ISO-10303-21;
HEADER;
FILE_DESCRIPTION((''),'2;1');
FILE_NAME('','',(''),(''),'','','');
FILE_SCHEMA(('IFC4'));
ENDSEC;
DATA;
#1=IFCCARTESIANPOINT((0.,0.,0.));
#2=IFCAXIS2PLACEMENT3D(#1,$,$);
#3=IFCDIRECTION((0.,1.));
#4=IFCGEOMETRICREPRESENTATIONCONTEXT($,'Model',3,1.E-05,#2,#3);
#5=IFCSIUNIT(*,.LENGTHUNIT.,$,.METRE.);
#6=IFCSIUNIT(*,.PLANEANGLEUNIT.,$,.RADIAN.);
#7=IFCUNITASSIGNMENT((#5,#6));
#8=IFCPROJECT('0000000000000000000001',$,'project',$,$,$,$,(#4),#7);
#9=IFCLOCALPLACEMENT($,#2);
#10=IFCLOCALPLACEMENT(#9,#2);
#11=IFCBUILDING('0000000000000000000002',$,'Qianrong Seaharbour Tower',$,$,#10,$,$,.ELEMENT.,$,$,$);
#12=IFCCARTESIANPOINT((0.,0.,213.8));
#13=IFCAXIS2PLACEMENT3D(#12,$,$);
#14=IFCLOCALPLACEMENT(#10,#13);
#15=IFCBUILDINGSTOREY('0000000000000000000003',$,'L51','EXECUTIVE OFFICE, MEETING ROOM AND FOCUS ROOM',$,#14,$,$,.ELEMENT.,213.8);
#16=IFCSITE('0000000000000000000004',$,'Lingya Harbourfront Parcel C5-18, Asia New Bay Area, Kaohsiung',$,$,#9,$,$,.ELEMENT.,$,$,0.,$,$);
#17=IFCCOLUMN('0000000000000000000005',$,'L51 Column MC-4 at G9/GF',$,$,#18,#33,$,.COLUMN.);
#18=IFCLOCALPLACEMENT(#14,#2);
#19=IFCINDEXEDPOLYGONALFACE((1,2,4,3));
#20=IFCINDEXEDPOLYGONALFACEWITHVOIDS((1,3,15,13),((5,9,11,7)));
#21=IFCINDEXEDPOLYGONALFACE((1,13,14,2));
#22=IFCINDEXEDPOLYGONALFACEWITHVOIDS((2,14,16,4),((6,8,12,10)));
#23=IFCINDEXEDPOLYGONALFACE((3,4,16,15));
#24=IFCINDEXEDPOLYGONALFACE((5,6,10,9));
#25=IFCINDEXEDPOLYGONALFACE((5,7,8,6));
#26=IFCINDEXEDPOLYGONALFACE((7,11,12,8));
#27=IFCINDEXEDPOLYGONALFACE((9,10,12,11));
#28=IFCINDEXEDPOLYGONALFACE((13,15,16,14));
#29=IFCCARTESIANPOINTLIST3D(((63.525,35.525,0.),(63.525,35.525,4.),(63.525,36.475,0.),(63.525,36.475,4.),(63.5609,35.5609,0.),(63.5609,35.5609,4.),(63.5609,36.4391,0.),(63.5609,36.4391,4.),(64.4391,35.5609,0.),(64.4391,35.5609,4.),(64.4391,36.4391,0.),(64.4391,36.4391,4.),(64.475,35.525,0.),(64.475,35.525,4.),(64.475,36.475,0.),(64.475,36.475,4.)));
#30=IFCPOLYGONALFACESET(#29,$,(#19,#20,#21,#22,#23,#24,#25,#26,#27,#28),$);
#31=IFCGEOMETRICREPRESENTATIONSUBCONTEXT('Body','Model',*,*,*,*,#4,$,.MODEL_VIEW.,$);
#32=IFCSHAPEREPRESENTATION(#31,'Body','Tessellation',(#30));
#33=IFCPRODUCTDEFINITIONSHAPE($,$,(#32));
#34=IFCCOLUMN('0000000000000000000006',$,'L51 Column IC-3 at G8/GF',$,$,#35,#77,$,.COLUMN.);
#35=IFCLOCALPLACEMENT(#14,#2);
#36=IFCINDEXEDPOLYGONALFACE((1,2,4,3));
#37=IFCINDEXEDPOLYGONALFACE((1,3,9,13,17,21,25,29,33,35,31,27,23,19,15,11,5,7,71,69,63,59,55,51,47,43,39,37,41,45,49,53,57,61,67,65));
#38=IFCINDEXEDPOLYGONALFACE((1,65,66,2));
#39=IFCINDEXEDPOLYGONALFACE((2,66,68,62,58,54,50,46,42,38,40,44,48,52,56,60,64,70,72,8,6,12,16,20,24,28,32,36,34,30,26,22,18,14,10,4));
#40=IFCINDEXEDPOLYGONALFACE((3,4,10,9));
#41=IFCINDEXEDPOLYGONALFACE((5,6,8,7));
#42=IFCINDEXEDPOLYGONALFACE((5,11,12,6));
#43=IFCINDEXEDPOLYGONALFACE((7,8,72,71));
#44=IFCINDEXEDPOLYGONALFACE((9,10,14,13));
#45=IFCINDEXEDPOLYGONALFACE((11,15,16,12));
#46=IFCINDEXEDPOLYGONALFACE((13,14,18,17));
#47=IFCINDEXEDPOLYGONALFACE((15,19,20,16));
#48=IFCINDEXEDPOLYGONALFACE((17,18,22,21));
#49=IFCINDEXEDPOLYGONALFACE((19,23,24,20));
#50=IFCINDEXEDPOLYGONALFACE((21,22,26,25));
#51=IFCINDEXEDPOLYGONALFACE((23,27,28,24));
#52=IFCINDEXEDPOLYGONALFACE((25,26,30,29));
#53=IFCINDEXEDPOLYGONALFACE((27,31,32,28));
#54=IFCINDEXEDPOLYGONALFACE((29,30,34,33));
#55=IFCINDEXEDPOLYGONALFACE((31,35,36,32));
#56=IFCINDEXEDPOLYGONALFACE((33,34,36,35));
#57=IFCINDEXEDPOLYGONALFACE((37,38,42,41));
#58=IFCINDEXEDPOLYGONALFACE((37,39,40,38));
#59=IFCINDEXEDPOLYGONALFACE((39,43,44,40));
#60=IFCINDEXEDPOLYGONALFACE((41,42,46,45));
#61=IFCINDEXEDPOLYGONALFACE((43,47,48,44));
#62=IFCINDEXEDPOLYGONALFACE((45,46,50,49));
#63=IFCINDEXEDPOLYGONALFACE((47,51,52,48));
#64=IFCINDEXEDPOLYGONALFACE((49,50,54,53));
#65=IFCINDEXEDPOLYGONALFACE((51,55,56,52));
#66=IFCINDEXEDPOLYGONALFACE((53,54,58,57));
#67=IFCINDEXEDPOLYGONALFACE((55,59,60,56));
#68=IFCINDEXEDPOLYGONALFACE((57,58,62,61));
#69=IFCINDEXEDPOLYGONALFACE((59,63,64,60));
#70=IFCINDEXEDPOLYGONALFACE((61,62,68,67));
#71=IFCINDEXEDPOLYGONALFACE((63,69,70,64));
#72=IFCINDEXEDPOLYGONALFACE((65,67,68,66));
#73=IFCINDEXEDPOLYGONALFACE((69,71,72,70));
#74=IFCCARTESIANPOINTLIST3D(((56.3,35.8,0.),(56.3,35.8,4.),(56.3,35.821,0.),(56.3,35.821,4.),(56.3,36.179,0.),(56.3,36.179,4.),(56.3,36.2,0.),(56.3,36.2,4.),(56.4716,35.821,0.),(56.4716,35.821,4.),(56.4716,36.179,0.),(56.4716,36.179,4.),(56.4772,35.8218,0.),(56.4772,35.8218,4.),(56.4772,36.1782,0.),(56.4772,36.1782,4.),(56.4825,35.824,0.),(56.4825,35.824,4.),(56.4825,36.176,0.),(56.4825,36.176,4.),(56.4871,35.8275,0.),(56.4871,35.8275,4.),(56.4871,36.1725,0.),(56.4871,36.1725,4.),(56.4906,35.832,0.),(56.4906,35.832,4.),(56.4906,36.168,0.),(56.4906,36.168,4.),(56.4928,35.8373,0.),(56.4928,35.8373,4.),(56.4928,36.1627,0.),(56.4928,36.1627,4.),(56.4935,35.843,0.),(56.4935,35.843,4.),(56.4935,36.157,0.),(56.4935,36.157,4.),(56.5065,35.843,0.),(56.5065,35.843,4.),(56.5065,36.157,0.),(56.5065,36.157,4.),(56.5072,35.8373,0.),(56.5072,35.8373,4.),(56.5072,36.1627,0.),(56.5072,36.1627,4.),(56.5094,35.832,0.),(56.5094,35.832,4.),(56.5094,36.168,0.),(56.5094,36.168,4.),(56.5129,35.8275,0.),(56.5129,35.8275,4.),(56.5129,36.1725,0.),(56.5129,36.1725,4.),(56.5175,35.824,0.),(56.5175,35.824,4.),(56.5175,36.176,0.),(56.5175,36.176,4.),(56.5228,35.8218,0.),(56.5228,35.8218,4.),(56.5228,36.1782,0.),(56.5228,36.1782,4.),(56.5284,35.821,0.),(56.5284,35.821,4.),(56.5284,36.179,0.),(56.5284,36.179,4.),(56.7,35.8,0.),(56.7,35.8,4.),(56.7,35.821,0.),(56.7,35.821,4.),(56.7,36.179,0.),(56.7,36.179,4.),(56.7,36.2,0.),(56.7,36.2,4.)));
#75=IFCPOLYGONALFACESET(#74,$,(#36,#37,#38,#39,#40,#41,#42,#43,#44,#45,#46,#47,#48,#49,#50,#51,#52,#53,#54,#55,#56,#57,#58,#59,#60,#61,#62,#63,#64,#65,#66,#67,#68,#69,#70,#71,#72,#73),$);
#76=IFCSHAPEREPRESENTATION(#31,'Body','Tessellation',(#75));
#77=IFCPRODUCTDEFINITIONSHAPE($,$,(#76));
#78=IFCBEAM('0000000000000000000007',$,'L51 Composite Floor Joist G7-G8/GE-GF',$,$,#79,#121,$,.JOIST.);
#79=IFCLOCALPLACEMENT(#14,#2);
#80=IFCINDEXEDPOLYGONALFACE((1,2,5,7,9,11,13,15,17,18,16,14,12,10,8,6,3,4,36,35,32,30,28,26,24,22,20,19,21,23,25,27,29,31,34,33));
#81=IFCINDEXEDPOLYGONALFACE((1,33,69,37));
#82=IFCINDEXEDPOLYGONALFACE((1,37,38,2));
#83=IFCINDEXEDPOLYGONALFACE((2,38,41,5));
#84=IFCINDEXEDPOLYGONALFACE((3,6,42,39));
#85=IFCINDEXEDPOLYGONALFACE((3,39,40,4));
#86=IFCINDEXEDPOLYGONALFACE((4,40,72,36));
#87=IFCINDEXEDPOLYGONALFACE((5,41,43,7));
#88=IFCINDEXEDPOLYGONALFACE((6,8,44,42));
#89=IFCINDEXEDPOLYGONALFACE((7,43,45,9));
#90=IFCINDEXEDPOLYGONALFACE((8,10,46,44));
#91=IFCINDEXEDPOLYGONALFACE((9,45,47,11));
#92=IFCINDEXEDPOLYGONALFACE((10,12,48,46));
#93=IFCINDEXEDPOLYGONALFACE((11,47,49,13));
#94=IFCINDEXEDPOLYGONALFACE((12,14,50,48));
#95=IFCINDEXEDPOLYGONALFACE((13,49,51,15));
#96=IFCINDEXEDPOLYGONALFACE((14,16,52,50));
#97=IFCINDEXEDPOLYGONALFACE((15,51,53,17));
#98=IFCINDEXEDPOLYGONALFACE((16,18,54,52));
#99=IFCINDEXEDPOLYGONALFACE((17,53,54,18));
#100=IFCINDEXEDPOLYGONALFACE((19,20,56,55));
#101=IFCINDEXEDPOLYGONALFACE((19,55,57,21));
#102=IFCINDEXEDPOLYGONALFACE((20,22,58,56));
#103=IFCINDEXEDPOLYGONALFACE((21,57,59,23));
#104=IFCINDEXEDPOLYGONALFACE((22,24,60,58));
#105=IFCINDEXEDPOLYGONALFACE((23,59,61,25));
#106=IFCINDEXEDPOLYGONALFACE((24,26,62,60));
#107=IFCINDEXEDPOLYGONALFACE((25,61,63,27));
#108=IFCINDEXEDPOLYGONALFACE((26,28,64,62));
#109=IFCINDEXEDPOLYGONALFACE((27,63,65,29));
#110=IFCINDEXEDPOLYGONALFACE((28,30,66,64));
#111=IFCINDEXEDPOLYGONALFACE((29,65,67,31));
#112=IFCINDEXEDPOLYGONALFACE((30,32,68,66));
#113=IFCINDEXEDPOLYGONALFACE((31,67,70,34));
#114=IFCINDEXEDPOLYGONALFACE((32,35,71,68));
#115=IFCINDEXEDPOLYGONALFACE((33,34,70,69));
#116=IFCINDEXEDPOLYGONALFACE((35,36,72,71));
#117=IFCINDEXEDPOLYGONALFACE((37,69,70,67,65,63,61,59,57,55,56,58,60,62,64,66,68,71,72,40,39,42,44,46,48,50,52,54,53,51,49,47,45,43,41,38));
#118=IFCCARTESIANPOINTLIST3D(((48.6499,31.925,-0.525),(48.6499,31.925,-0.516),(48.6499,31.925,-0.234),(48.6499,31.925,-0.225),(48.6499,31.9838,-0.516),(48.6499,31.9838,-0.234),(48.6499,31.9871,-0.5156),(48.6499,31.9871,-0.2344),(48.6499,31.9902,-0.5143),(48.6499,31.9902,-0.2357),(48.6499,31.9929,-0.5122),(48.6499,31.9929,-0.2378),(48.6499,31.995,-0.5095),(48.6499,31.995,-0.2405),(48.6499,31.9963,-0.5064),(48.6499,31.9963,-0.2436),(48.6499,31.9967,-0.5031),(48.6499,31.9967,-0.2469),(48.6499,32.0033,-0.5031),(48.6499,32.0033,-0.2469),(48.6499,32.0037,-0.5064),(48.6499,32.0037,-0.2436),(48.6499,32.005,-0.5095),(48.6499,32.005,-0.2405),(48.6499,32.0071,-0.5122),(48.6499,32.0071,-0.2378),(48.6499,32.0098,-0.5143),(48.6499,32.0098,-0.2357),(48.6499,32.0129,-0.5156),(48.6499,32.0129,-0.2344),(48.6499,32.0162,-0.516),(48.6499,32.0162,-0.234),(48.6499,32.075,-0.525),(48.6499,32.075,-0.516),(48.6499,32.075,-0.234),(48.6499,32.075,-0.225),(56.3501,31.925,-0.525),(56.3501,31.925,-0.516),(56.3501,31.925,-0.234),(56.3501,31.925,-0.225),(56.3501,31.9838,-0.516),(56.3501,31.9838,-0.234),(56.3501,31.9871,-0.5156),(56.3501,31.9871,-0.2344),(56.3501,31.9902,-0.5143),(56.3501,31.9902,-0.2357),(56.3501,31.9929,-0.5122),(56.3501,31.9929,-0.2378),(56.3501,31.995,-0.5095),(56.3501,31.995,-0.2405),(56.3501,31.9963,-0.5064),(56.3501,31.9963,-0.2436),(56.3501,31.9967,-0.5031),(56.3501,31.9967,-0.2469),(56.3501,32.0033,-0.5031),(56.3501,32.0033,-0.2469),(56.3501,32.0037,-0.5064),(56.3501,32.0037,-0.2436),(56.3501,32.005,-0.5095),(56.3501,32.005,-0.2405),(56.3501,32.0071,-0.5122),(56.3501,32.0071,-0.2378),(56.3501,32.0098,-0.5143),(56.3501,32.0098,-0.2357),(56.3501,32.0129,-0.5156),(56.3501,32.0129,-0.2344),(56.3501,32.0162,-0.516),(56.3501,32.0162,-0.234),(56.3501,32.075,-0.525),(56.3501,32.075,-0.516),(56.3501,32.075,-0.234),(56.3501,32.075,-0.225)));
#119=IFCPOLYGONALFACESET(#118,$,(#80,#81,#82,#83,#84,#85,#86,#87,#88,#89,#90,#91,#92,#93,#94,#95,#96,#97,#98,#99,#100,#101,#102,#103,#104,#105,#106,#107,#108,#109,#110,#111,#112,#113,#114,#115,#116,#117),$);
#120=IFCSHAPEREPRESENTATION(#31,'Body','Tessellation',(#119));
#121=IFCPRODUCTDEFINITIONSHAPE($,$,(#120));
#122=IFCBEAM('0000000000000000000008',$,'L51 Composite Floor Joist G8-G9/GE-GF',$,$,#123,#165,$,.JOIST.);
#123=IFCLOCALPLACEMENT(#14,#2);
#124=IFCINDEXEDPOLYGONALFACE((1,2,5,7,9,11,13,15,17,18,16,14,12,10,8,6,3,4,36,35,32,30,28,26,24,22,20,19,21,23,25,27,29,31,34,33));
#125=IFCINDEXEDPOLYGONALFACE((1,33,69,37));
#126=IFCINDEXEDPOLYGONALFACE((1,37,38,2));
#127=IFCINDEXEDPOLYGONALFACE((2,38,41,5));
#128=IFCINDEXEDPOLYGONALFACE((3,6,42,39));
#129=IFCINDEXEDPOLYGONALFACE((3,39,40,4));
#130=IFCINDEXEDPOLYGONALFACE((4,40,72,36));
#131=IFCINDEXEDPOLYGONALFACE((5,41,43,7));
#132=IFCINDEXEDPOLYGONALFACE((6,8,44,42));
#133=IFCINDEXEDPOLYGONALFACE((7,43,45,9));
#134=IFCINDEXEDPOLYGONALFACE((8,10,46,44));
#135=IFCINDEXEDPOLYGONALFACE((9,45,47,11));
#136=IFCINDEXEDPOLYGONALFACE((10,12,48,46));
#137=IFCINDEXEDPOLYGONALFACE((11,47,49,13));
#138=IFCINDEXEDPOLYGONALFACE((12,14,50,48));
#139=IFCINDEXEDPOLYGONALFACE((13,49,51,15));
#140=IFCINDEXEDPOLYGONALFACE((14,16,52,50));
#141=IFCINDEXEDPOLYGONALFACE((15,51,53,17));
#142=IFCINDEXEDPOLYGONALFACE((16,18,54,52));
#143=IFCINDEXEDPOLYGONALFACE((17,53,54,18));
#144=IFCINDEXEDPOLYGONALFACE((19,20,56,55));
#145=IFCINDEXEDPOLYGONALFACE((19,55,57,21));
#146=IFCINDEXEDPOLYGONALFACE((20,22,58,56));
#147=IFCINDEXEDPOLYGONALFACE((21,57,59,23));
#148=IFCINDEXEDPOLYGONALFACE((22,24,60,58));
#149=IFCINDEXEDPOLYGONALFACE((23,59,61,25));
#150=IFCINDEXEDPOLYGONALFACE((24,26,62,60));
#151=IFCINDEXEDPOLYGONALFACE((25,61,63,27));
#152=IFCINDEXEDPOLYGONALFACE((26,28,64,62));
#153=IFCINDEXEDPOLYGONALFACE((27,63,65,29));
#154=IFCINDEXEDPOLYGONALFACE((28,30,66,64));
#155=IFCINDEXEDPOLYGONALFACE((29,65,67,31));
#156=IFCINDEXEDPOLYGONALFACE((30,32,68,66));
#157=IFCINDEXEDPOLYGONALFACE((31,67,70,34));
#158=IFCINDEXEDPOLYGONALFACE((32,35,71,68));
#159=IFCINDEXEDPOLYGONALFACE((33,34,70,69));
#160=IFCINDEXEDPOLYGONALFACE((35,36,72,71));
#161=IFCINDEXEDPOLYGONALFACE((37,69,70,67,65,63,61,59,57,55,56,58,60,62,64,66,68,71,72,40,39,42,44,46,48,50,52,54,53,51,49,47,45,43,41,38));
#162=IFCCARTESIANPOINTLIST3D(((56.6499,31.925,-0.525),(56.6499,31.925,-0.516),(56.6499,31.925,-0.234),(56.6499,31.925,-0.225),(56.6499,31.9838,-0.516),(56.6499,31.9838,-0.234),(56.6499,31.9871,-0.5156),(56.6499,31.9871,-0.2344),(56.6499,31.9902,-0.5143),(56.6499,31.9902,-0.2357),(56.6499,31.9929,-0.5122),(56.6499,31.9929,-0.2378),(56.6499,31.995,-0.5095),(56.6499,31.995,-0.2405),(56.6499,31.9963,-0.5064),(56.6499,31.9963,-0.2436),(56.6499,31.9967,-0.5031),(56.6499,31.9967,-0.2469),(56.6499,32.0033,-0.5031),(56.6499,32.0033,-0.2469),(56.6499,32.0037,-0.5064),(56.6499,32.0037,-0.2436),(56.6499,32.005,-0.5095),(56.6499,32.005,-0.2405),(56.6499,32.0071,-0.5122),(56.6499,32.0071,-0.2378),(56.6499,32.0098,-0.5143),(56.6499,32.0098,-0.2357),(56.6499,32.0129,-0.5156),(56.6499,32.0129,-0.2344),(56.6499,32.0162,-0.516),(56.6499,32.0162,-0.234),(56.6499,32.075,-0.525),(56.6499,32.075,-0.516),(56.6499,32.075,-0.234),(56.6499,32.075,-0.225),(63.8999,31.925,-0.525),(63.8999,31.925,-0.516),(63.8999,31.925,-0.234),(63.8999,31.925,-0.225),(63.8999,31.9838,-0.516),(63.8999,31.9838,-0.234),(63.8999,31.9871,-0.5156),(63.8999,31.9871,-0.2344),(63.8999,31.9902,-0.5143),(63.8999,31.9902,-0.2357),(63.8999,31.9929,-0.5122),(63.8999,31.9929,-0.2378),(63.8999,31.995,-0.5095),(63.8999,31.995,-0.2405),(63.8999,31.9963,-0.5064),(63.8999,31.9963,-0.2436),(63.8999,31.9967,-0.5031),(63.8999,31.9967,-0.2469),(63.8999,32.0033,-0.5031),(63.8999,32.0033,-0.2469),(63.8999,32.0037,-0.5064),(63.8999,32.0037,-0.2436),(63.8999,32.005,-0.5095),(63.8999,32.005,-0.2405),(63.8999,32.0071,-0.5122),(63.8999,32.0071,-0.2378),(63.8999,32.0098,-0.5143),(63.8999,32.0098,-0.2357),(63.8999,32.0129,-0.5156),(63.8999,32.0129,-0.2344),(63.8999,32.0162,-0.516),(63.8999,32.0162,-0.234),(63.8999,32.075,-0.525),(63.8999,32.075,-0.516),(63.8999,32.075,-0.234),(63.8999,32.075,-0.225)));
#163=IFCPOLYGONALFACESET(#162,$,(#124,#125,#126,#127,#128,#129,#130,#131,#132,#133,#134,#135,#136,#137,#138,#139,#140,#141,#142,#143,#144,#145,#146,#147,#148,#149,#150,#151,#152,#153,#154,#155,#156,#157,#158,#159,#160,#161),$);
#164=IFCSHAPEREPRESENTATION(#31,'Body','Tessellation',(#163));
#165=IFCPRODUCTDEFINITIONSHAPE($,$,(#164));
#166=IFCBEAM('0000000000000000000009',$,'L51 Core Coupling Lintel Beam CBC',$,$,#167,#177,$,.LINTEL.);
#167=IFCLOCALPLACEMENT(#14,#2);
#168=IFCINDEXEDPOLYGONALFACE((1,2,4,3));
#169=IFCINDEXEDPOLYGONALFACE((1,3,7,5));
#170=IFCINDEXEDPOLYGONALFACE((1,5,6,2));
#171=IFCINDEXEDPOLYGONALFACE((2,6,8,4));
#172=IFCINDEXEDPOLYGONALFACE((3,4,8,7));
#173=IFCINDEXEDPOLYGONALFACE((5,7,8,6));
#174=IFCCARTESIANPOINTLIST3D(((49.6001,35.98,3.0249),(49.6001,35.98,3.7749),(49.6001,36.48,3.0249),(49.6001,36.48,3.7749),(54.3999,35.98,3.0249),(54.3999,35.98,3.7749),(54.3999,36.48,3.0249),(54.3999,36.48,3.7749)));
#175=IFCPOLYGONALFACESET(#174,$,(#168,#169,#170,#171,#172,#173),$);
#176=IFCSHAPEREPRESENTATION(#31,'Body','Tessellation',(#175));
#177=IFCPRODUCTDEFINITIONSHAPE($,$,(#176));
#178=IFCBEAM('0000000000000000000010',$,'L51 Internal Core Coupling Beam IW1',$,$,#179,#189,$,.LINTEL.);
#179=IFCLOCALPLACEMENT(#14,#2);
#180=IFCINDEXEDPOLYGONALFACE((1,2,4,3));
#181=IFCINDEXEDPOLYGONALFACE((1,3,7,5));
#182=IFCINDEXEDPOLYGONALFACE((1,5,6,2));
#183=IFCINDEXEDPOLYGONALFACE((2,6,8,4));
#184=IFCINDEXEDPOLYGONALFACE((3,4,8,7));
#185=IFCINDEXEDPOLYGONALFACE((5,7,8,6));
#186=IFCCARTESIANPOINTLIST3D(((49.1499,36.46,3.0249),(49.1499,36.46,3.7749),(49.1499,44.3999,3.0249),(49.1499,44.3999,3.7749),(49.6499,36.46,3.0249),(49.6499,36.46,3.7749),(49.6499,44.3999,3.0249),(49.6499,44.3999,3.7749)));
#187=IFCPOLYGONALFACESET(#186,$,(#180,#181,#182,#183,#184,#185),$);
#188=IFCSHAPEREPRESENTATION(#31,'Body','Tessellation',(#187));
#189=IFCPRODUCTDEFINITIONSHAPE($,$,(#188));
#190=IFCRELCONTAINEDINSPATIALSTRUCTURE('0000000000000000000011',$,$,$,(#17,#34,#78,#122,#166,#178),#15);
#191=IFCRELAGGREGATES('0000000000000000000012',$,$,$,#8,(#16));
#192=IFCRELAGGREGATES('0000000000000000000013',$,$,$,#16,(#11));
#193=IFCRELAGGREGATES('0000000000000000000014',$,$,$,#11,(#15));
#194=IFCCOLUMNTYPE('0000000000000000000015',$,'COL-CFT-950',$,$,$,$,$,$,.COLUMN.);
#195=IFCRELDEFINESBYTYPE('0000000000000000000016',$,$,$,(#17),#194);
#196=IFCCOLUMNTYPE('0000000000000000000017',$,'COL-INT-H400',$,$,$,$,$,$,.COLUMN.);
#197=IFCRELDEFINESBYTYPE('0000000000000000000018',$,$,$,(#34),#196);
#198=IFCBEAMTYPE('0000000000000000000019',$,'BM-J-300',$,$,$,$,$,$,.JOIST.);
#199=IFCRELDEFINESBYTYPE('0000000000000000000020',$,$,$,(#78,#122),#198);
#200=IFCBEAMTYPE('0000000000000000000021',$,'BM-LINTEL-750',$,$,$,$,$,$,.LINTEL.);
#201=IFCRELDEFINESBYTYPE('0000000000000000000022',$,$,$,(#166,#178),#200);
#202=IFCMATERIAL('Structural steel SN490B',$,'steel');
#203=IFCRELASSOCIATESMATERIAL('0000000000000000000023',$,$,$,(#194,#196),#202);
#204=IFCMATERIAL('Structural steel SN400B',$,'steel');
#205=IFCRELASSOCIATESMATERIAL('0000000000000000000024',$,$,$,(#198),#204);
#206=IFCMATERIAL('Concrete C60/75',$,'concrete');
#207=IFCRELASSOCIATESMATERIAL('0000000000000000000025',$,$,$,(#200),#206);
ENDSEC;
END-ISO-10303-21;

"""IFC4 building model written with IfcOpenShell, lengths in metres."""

from ifc_helpers import new_model, si_unit, direction, frame, origin, origin_2d, place, context, subcontext, project, spatial, rectangle, hollow_rectangle, i_section, extrude, material, material_profile, profile_set, type_object, element, save


model = new_model("IFC4")

# Units and contexts
model_context = context("Model", 3, precision=1e-05, world=origin(), true_north=direction((0.0, 1.0)))
body_context = subcontext(model_context, "Body", "Model", "MODEL_VIEW")
ifc_project = project(units=[si_unit("LENGTHUNIT", "METRE"), si_unit("PLANEANGLEUNIT", "RADIAN")], contexts=[model_context])

# Site, building, storey
site_placement = place(None, origin())
site = spatial("IfcSite", under=ifc_project, at=site_placement, Name="Lingya Harbourfront Parcel C5-18, Asia New Bay Area, Kaohsiung", CompositionType="ELEMENT", RefElevation=0.0)
building_placement = place(site_placement, origin())
building = spatial("IfcBuilding", under=site, at=building_placement, Name="Qianrong Seaharbour Tower", CompositionType="ELEMENT")
storey_placement = place(building_placement, frame((0.0, 0.0, 213.8)))
storey = spatial("IfcBuildingStorey", under=building, at=storey_placement, Name="L51", Description="EXECUTIVE OFFICE, MEETING ROOM AND FOCUS ROOM", CompositionType="ELEMENT", Elevation=213.8)

# Columns
ifc_material_1 = material(Name="Structural steel SN490B", Category="steel")
ifc_material_profile_1 = material_profile(ifc_material_1, hollow_rectangle(XDim=0.95, YDim=0.95, WallThickness=0.0359, at=origin_2d()), Name="BOX950x950x36")
ifc_profile_set_1 = profile_set([ifc_material_profile_1], Name="Structural steel SN490B")
column_type_1 = type_object("IfcColumnType", Name="COL-CFT-950", PredefinedType="COLUMN", material=ifc_profile_set_1)
column_1_placement = place(storey_placement, frame((64.0, 36.0, 0.0), z_axis=(0.0, 0.0, 1.0), x_axis=(1.0, 0.0, 0.0)))
element("IfcColumn", 1, at=column_1_placement, inside=storey, type_object=column_type_1, Name="L51 Column MC-4 at G9/GF", PredefinedType="COLUMN", context=body_context, shape_type="SweptSolid", body=[
    extrude(hollow_rectangle(XDim=0.95, YDim=0.95, WallThickness=0.0359, at=origin_2d()), origin(), (0.0, 0.0, 1.0), 4.0),
])
ifc_material_profile_2 = material_profile(ifc_material_1, i_section(OverallWidth=0.3999, OverallDepth=0.3999, WebThickness=0.0129, FlangeThickness=0.021, FilletRadius=0.022, at=origin_2d()), Name="H400x400x13x21")
ifc_profile_set_2 = profile_set([ifc_material_profile_2], Name="Structural steel SN490B")
column_type_2 = type_object("IfcColumnType", Name="COL-INT-H400", PredefinedType="COLUMN", material=ifc_profile_set_2)
column_2_placement = place(storey_placement, frame((56.5, 36.0, 0.0), z_axis=(0.0, 0.0, 1.0), x_axis=(1.0, 0.0, 0.0)))
element("IfcColumn", 2, at=column_2_placement, inside=storey, type_object=column_type_2, Name="L51 Column IC-3 at G8/GF", PredefinedType="COLUMN", context=body_context, shape_type="SweptSolid", body=[
    extrude(i_section(OverallWidth=0.3999, OverallDepth=0.3999, WebThickness=0.0129, FlangeThickness=0.021, FilletRadius=0.022, at=origin_2d()), origin(), (0.0, 0.0, 1.0), 4.0),
])

# Beams
ifc_material_2 = material(Name="Structural steel SN400B", Category="steel")
ifc_material_profile_3 = material_profile(ifc_material_2, i_section(OverallWidth=0.1499, OverallDepth=0.3, WebThickness=0.0066, FlangeThickness=0.009, FilletRadius=0.0129, at=origin_2d()), Name="H300x150x6.5x9")
ifc_profile_set_3 = profile_set([ifc_material_profile_3], Name="Structural steel SN400B")
beam_type_1 = type_object("IfcBeamType", Name="BM-J-300", PredefinedType="JOIST", material=ifc_profile_set_3)
beam_1_placement = place(storey_placement, frame((48.6499, 32.0, -0.375), z_axis=(1.0, 0.0, 0.0), x_axis=(0.0, 1.0, 0.0)))
element("IfcBeam", 3, at=beam_1_placement, inside=storey, type_object=beam_type_1, Name="L51 Composite Floor Joist G7-G8/GE-GF", PredefinedType="JOIST", context=body_context, shape_type="SweptSolid", body=[
    extrude(i_section(OverallWidth=0.1499, OverallDepth=0.3, WebThickness=0.0066, FlangeThickness=0.009, FilletRadius=0.0129, at=origin_2d()), origin(), (0.0, 0.0, 1.0), 7.7002),
])
beam_2_placement = place(storey_placement, frame((56.6499, 32.0, -0.375), z_axis=(1.0, 0.0, 0.0), x_axis=(0.0, 1.0, 0.0)))
element("IfcBeam", 4, at=beam_2_placement, inside=storey, type_object=beam_type_1, Name="L51 Composite Floor Joist G8-G9/GE-GF", PredefinedType="JOIST", context=body_context, shape_type="SweptSolid", body=[
    extrude(i_section(OverallWidth=0.1499, OverallDepth=0.3, WebThickness=0.0066, FlangeThickness=0.009, FilletRadius=0.0129, at=origin_2d()), origin(), (0.0, 0.0, 1.0), 7.25),
])
ifc_material_3 = material(Name="Concrete C60/75", Category="concrete")
ifc_material_profile_4 = material_profile(ifc_material_3, rectangle(XDim=0.5, YDim=0.75, at=origin_2d()), Name="RC500x750")
ifc_profile_set_4 = profile_set([ifc_material_profile_4], Name="Concrete C60/75")
beam_type_2 = type_object("IfcBeamType", Name="BM-LINTEL-750", PredefinedType="LINTEL", material=ifc_profile_set_4)
beam_3_placement = place(storey_placement, frame((49.6001, 36.23, 3.3999), z_axis=(1.0, 0.0, 0.0), x_axis=(0.0, 1.0, 0.0)))
element("IfcBeam", 5, at=beam_3_placement, inside=storey, type_object=beam_type_2, Name="L51 Core Coupling Lintel Beam CBC", PredefinedType="LINTEL", context=body_context, shape_type="SweptSolid", body=[
    extrude(rectangle(XDim=0.5, YDim=0.75, at=origin_2d()), origin(), (0.0, 0.0, 1.0), 4.7998),
])
for number, where, z_axis, x_axis, name in (
    (6, (49.3999, 36.46, 3.3999), (0.0, 1.0, 0.0), (-1.0, 0.0, 0.0), "L51 Internal Core Coupling Beam IW1"),
):
    element("IfcBeam", number, at=place(storey_placement, frame(where, z_axis=z_axis, x_axis=x_axis)), inside=storey, type_object=beam_type_2, Name=name, PredefinedType="LINTEL", context=body_context, shape_type="SweptSolid", body=[
        extrude(rectangle(XDim=0.5, YDim=0.75, at=origin_2d()), origin(), (0.0, 0.0, 1.0), 7.9399),
    ])

save(model, "model.ifc")
